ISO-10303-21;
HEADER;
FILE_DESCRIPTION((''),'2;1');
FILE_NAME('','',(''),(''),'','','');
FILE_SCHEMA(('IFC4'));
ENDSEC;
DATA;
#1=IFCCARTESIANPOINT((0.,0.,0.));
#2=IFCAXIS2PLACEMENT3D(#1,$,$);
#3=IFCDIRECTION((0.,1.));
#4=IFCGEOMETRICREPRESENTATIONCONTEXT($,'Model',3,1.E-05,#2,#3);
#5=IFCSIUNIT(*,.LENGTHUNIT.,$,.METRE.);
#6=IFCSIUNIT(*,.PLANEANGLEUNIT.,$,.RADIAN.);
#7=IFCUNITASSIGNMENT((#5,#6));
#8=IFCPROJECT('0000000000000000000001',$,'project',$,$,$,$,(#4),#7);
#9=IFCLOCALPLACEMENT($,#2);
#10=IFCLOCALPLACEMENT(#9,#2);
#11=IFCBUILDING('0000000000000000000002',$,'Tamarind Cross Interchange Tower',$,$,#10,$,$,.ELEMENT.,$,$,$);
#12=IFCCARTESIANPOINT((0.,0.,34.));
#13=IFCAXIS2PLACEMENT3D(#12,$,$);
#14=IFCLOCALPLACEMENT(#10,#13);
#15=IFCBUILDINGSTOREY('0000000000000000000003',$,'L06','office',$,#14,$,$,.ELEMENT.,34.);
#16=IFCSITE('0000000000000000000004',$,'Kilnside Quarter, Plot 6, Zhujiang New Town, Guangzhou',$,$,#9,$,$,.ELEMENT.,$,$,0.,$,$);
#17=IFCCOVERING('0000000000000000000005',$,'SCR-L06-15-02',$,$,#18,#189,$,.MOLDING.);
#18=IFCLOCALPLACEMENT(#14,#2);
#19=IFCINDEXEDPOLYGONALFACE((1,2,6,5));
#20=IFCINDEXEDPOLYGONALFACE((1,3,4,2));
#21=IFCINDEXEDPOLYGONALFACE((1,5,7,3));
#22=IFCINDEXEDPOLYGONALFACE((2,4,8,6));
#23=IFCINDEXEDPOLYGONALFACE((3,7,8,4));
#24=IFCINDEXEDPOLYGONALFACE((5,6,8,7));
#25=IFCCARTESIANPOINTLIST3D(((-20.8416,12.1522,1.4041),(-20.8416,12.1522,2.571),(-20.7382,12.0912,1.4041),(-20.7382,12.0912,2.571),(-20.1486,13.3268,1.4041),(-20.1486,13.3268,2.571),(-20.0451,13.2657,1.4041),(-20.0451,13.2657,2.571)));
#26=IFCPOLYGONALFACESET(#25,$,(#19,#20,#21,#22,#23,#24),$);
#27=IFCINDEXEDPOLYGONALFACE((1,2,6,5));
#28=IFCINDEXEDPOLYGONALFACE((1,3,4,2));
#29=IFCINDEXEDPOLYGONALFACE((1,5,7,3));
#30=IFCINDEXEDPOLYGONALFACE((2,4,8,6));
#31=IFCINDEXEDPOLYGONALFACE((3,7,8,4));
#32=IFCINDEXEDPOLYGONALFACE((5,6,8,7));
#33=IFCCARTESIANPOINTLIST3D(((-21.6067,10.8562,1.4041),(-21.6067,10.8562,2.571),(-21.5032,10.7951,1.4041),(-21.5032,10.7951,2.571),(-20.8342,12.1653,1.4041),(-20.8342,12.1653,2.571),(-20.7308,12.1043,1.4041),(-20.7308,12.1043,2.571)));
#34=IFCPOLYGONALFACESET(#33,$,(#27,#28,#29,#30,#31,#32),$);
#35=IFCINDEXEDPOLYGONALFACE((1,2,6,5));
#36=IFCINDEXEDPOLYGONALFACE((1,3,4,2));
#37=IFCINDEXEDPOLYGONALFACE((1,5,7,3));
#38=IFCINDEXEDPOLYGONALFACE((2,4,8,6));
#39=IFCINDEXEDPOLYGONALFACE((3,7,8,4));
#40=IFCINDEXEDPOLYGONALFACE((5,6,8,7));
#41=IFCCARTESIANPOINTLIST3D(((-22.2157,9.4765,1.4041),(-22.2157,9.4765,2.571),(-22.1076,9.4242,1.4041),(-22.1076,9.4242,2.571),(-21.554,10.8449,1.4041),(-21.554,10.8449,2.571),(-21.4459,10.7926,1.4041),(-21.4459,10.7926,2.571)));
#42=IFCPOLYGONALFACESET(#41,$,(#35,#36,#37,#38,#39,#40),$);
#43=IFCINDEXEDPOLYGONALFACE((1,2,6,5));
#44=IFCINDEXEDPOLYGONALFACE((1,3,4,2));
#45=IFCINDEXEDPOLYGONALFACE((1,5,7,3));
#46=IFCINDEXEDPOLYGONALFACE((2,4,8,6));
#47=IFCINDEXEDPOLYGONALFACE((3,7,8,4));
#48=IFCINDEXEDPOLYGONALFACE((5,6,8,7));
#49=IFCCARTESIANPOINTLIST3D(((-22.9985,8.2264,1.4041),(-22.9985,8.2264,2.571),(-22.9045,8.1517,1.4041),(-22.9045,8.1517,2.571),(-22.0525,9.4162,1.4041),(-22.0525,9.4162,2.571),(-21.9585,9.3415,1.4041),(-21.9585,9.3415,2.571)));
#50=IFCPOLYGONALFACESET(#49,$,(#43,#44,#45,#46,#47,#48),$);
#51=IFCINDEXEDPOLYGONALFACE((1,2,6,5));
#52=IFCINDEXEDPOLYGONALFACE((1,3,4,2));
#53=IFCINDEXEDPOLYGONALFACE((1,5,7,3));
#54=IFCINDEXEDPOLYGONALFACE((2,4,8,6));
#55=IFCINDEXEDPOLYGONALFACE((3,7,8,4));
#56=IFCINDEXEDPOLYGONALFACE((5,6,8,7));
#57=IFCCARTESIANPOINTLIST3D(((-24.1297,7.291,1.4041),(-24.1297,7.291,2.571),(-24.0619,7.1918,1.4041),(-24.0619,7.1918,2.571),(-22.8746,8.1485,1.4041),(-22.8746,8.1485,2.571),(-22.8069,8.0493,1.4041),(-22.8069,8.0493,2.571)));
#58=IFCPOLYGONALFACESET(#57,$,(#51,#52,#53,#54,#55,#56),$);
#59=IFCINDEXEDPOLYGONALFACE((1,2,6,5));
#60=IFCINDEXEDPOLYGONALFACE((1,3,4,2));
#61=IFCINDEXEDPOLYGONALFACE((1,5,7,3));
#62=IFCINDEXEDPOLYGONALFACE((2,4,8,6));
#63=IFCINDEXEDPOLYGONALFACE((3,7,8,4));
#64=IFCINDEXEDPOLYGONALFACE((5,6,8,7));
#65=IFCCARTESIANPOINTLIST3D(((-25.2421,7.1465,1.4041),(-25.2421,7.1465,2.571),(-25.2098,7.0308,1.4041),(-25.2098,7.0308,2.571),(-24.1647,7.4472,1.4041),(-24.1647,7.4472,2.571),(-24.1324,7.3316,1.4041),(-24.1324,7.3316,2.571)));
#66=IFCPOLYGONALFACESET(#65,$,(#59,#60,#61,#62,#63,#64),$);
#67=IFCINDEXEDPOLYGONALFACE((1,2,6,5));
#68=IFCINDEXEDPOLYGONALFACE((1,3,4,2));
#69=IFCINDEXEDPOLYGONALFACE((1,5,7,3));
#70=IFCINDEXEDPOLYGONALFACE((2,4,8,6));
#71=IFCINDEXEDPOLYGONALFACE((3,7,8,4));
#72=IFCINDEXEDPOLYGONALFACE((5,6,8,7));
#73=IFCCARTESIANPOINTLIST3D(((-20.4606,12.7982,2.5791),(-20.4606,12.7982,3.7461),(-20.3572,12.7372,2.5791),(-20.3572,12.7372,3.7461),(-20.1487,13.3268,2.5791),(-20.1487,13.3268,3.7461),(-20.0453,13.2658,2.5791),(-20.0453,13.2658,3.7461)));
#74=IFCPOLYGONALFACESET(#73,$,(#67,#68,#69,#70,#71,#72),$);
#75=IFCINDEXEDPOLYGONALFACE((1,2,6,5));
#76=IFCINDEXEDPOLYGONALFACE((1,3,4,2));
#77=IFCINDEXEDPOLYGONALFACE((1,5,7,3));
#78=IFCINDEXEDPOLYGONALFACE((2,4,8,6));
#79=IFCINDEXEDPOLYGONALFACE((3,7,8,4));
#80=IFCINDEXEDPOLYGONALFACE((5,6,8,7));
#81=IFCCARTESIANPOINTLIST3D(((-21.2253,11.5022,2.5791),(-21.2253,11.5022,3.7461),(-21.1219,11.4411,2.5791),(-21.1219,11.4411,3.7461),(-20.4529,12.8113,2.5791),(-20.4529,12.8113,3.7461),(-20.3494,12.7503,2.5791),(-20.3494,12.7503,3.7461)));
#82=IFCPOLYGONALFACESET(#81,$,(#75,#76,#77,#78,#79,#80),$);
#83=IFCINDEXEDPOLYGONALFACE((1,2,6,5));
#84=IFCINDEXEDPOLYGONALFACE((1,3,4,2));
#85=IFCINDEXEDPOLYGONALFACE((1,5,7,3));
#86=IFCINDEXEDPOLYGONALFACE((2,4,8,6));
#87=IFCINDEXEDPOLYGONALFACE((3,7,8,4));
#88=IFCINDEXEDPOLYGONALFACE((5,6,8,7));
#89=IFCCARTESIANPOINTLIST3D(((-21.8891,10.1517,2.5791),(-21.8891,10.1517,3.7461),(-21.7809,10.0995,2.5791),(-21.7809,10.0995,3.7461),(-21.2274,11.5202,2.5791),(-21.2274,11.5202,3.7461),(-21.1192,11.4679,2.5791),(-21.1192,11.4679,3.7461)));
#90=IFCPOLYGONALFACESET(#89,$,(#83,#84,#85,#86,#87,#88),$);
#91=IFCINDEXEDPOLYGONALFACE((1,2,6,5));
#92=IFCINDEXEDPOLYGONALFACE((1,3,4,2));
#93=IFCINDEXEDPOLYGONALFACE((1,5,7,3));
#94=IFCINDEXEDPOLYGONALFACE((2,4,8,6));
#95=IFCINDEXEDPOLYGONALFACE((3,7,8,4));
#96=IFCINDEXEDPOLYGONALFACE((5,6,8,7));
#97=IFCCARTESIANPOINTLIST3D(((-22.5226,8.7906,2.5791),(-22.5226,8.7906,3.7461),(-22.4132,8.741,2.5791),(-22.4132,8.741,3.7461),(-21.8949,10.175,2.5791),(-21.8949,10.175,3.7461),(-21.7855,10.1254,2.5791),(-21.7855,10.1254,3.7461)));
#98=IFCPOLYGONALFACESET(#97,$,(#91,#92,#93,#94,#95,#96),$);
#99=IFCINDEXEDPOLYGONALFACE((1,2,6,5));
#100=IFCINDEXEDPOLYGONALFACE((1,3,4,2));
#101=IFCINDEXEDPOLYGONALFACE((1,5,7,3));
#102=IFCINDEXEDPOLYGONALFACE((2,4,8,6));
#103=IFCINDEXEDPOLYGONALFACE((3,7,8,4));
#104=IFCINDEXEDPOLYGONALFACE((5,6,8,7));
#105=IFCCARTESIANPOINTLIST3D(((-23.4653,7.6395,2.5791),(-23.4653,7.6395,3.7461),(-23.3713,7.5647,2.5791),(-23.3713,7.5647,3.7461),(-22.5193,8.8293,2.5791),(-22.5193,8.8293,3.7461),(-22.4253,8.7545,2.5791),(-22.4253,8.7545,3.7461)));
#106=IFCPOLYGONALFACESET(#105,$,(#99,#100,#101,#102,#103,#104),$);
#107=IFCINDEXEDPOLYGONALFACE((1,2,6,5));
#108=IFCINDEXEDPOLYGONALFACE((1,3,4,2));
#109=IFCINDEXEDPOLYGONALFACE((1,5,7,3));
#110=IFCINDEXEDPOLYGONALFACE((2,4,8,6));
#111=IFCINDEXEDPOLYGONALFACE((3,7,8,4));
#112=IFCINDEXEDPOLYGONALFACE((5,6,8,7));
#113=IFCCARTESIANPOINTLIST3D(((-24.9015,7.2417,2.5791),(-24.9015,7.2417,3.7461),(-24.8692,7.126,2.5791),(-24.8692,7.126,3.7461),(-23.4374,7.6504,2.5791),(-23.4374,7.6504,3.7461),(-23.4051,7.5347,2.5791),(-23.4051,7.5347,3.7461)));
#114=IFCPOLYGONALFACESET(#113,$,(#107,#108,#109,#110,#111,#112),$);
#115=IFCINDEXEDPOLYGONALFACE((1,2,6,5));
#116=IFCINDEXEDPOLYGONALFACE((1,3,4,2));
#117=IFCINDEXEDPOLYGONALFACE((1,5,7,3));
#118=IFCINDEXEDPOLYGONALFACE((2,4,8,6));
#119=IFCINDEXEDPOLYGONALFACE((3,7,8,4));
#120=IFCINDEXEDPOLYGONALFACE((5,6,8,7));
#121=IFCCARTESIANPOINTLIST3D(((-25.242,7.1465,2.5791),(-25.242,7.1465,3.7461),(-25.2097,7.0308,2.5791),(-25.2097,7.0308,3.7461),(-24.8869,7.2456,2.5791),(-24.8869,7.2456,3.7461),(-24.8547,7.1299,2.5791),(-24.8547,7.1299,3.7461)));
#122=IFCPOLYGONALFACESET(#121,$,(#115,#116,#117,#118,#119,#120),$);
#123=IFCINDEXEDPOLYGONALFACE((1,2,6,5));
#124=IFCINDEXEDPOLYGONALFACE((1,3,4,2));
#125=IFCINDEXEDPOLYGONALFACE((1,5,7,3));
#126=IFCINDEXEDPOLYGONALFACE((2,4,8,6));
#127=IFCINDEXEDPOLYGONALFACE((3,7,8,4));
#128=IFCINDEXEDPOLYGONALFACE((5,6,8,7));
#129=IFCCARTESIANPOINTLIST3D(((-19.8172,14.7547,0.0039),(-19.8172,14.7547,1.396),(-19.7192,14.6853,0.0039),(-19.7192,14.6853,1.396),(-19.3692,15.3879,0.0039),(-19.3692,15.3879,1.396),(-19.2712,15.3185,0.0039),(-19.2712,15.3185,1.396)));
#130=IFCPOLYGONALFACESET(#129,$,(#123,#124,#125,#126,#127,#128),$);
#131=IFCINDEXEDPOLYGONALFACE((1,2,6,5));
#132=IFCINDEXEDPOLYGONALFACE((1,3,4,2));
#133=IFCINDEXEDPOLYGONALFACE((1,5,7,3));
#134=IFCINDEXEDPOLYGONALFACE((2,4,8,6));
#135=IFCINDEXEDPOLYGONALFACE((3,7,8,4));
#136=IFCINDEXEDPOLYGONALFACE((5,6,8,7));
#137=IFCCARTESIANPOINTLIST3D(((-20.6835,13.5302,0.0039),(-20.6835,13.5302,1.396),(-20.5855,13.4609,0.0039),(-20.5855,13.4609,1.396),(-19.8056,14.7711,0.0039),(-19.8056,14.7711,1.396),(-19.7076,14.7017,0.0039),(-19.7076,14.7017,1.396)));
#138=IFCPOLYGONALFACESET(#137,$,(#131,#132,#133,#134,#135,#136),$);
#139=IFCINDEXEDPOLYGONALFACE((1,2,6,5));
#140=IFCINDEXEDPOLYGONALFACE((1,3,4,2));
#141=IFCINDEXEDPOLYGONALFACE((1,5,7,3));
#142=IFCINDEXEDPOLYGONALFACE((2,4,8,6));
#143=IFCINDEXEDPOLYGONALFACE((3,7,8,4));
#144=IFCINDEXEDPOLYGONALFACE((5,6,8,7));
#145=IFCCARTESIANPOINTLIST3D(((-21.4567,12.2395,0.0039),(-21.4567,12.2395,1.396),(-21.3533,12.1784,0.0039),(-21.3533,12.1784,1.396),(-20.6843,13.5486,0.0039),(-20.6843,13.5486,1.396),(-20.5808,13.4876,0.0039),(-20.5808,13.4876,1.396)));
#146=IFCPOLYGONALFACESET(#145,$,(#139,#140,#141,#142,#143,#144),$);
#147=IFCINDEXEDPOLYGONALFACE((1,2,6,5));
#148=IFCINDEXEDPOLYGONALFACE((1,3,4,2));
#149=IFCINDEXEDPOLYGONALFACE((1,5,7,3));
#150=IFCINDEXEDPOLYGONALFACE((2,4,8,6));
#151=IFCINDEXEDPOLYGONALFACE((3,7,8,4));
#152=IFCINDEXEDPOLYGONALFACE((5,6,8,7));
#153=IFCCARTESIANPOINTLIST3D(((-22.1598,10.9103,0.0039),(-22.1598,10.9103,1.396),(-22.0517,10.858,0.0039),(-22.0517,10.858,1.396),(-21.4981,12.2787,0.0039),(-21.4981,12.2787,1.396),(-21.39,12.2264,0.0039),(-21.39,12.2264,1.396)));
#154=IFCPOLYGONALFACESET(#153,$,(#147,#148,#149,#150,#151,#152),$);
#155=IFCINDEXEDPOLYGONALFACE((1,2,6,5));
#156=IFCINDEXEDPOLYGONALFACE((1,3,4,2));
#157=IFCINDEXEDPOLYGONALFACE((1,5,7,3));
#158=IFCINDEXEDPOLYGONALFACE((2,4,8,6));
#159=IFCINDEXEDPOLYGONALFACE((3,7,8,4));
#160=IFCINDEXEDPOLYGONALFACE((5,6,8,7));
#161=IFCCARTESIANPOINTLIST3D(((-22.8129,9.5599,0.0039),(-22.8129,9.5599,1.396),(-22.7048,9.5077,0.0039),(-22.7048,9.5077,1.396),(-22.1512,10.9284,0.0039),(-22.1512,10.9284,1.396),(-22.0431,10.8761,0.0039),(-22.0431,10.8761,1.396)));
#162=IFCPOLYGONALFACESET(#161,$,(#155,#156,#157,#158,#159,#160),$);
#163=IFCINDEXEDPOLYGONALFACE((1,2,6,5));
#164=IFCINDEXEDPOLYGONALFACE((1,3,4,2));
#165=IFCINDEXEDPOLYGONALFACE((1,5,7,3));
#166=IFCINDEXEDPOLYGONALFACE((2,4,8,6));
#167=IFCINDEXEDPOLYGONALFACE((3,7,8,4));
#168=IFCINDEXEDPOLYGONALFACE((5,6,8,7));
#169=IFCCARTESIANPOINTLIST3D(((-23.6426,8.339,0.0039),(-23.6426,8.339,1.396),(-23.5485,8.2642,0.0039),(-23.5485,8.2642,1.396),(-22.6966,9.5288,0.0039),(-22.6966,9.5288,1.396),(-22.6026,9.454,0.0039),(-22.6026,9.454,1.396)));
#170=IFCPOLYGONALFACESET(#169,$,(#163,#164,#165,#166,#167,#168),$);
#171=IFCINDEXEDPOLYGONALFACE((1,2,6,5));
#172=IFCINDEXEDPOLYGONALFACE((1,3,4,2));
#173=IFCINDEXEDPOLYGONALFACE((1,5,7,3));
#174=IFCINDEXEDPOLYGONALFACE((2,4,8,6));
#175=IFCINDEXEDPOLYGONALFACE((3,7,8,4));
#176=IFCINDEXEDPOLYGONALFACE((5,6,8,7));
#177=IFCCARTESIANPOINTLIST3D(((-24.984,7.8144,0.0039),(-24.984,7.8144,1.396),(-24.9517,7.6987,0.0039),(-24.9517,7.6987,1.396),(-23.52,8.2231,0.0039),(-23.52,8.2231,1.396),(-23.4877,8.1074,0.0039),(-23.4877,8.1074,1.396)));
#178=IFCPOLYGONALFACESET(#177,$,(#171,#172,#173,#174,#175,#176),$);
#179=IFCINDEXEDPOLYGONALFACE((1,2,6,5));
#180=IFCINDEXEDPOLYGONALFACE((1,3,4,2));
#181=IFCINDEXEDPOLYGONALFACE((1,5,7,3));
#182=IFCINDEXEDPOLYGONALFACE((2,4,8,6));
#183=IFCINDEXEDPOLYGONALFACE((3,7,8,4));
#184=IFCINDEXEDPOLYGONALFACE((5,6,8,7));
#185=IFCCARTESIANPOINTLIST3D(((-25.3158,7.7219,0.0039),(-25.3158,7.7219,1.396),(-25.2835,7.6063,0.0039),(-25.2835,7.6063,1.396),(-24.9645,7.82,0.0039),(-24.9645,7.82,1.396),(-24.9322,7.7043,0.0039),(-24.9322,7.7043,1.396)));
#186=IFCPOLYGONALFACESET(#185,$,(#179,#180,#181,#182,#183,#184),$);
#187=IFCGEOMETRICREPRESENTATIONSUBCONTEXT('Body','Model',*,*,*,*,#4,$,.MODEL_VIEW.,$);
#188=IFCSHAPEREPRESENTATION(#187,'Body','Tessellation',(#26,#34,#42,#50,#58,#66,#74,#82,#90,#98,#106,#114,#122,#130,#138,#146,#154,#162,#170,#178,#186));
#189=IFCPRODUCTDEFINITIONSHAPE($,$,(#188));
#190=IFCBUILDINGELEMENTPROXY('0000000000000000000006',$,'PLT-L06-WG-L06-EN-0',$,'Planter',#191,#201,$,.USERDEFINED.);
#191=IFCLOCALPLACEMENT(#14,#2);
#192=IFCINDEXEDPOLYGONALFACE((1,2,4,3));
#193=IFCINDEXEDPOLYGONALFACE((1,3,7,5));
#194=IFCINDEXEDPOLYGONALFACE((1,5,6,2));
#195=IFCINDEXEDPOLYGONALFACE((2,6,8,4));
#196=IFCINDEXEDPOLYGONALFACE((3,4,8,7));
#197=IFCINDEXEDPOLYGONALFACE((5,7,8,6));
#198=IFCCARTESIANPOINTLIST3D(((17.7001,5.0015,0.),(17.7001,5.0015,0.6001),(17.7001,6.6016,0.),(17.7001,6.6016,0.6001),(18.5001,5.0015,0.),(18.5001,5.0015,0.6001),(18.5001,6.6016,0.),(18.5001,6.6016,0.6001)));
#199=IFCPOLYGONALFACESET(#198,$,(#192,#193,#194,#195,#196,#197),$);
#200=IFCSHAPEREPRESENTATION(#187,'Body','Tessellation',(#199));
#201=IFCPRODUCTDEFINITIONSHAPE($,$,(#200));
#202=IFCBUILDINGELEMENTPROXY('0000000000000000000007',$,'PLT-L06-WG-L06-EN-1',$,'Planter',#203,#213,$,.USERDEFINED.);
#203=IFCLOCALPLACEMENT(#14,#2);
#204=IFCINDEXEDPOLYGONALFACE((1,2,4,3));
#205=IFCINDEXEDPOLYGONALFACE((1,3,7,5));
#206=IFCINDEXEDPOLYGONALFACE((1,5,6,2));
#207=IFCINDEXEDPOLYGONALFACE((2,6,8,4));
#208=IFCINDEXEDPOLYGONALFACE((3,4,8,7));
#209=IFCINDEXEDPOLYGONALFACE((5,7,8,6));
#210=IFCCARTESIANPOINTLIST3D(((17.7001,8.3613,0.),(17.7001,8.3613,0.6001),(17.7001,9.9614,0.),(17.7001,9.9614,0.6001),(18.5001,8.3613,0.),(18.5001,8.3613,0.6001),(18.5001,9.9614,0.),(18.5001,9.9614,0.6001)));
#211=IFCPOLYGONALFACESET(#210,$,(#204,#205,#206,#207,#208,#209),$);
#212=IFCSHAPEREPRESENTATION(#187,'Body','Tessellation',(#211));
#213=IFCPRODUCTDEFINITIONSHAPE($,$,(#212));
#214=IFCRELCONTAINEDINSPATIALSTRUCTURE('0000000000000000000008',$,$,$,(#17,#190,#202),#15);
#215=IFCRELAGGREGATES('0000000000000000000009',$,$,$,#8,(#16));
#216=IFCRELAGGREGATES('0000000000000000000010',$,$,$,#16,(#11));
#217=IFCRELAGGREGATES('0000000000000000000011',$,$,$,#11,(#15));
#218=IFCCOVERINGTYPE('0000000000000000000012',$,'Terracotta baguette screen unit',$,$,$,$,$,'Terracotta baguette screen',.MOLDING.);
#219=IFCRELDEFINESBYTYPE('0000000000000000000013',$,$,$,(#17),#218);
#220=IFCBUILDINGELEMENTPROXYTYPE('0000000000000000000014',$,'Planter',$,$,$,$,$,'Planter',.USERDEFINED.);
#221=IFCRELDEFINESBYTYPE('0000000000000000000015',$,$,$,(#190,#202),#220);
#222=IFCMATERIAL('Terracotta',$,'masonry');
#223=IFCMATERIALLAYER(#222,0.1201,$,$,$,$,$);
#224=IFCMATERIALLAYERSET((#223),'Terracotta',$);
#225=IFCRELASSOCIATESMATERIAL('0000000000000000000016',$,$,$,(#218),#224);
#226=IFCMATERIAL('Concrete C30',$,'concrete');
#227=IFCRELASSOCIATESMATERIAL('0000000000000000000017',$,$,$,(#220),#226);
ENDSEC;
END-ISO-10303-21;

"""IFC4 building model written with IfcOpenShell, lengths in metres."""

from ifc_helpers import new_model, si_unit, direction, frame, origin, origin_2d, place, context, subcontext, project, spatial, rectangle, extrude, material, layer, layer_set, type_object, element, save


model = new_model("IFC4")

# Units and contexts
model_context = context("Model", 3, precision=1e-05, world=origin(), true_north=direction((0.0, 1.0)))
body_context = subcontext(model_context, "Body", "Model", "MODEL_VIEW")
ifc_project = project(units=[si_unit("LENGTHUNIT", "METRE"), si_unit("PLANEANGLEUNIT", "RADIAN")], contexts=[model_context])

# Site, building, storey
site_placement = place(None, origin())
site = spatial("IfcSite", under=ifc_project, at=site_placement, Name="Kilnside Quarter, Plot 6, Zhujiang New Town, Guangzhou", CompositionType="ELEMENT", RefElevation=0.0)
building_placement = place(site_placement, origin())
building = spatial("IfcBuilding", under=site, at=building_placement, Name="Tamarind Cross Interchange Tower", CompositionType="ELEMENT")
storey_placement = place(building_placement, frame((0.0, 0.0, 34.0)))
storey = spatial("IfcBuildingStorey", under=building, at=storey_placement, Name="L06", Description="office", CompositionType="ELEMENT", Elevation=34.0)

# Covering
ifc_material_1 = material(Name="Terracotta", Category="masonry")
ifc_layer_1 = layer(ifc_material_1, 0.1201)
ifc_layer_set_1 = layer_set([ifc_layer_1], Name="Terracotta")
covering_type = type_object("IfcCoveringType", Name="Terracotta baguette screen unit", ElementType="Terracotta baguette screen", PredefinedType="MOLDING", material=ifc_layer_set_1)
covering_1_placement = place(storey_placement, origin())
element("IfcCovering", 1, at=covering_1_placement, inside=storey, type_object=covering_type, Name="SCR-L06-15-02", PredefinedType="MOLDING", context=body_context, shape_type="SweptSolid", body=[
    extrude(rectangle(XDim=1.3638, YDim=0.1201, at=origin_2d()), frame((-20.4434, 12.709, 1.4041), z_axis=(0.0, 0.0, 1.0), x_axis=(-0.508183, -0.861249, 0.0)), (0.0, 0.0, 1.0), 1.167),
    extrude(rectangle(XDim=1.52, YDim=0.1201, at=origin_2d()), frame((-21.1687, 11.4802, 1.4041), z_axis=(0.0, 0.0, 1.0), x_axis=(-0.508183, -0.861249, 0.0)), (0.0, 0.0, 1.0), 1.167),
    extrude(rectangle(XDim=1.52, YDim=0.1201, at=origin_2d()), frame((-21.8308, 10.1345, 1.4041), z_axis=(0.0, 0.0, 1.0), x_axis=(-0.435326, -0.900273, 0.0)), (0.0, 0.0, 1.0), 1.167),
    extrude(rectangle(XDim=1.52, YDim=0.1201, at=origin_2d()), frame((-22.4785, 8.7839, 1.4041), z_axis=(0.0, 0.0, 1.0), x_axis=(-0.622335, -0.782751, 0.0)), (0.0, 0.0, 1.0), 1.167),
    extrude(rectangle(XDim=1.52, YDim=0.1201, at=origin_2d()), frame((-23.4683, 7.6702, 1.4041), z_axis=(0.0, 0.0, 1.0), x_axis=(-0.825684, -0.564133, 0.0)), (0.0, 0.0, 1.0), 1.167),
    extrude(rectangle(XDim=1.1187, YDim=0.1201, at=origin_2d()), frame((-24.6873, 7.239, 1.4041), z_axis=(0.0, 0.0, 1.0), x_axis=(-0.963177, -0.268868, 0.0)), (0.0, 0.0, 1.0), 1.167),
    extrude(rectangle(XDim=0.6138, YDim=0.1201, at=origin_2d()), frame((-20.2529, 13.032, 2.5791), z_axis=(0.0, 0.0, 1.0), x_axis=(-0.508183, -0.861249, 0.0)), (0.0, 0.0, 1.0), 1.167),
    extrude(rectangle(XDim=1.52, YDim=0.1201, at=origin_2d()), frame((-20.7874, 12.1262, 2.5791), z_axis=(0.0, 0.0, 1.0), x_axis=(-0.508183, -0.861249, 0.0)), (0.0, 0.0, 1.0), 1.167),
    extrude(rectangle(XDim=1.52, YDim=0.1201, at=origin_2d()), frame((-21.5042, 10.8098, 2.5791), z_axis=(0.0, 0.0, 1.0), x_axis=(-0.435326, -0.900273, 0.0)), (0.0, 0.0, 1.0), 1.167),
    extrude(rectangle(XDim=1.52, YDim=0.1201, at=origin_2d()), frame((-22.1541, 9.458, 2.5791), z_axis=(0.0, 0.0, 1.0), x_axis=(-0.412961, -0.910749, 0.0)), (0.0, 0.0, 1.0), 1.167),
    extrude(rectangle(XDim=1.52, YDim=0.1201, at=origin_2d()), frame((-22.9453, 8.197, 2.5791), z_axis=(0.0, 0.0, 1.0), x_axis=(-0.622335, -0.782751, 0.0)), (0.0, 0.0, 1.0), 1.167),
    extrude(rectangle(XDim=1.52, YDim=0.1201, at=origin_2d()), frame((-24.1533, 7.3882, 2.5791), z_axis=(0.0, 0.0, 1.0), x_axis=(-0.963177, -0.268868, 0.0)), (0.0, 0.0, 1.0), 1.167),
    extrude(rectangle(XDim=0.3687, YDim=0.1201, at=origin_2d()), frame((-25.0483, 7.1382, 2.5791), z_axis=(0.0, 0.0, 1.0), x_axis=(-0.963177, -0.268868, 0.0)), (0.0, 0.0, 1.0), 1.167),
    extrude(rectangle(XDim=0.7756, YDim=0.1201, at=origin_2d()), frame((-19.5442, 15.0366, 0.0039), z_axis=(0.0, 0.0, 1.0), x_axis=(-0.577569, -0.816342, 0.0)), (0.0, 0.0, 1.0), 1.3921),
    extrude(rectangle(XDim=1.52, YDim=0.1201, at=origin_2d()), frame((-20.1956, 14.116, 0.0039), z_axis=(0.0, 0.0, 1.0), x_axis=(-0.577569, -0.816342, 0.0)), (0.0, 0.0, 1.0), 1.3921),
    extrude(rectangle(XDim=1.52, YDim=0.1201, at=origin_2d()), frame((-21.0188, 12.8635, 0.0039), z_axis=(0.0, 0.0, 1.0), x_axis=(-0.508183, -0.861249, 0.0)), (0.0, 0.0, 1.0), 1.3921),
    extrude(rectangle(XDim=1.52, YDim=0.1201, at=origin_2d()), frame((-21.7749, 11.5684, 0.0039), z_axis=(0.0, 0.0, 1.0), x_axis=(-0.435326, -0.900273, 0.0)), (0.0, 0.0, 1.0), 1.3921),
    extrude(rectangle(XDim=1.52, YDim=0.1201, at=origin_2d()), frame((-22.428, 10.218, 0.0039), z_axis=(0.0, 0.0, 1.0), x_axis=(-0.435326, -0.900273, 0.0)), (0.0, 0.0, 1.0), 1.3921),
    extrude(rectangle(XDim=1.52, YDim=0.1201, at=origin_2d()), frame((-23.1226, 8.8965, 0.0039), z_axis=(0.0, 0.0, 1.0), x_axis=(-0.622335, -0.782751, 0.0)), (0.0, 0.0, 1.0), 1.3921),
    extrude(rectangle(XDim=1.52, YDim=0.1201, at=origin_2d()), frame((-24.2358, 7.9609, 0.0039), z_axis=(0.0, 0.0, 1.0), x_axis=(-0.963177, -0.268868, 0.0)), (0.0, 0.0, 1.0), 1.3921),
    extrude(rectangle(XDim=0.3647, YDim=0.1201, at=origin_2d()), frame((-25.124, 7.7131, 0.0039), z_axis=(0.0, 0.0, 1.0), x_axis=(-0.963177, -0.268868, 0.0)), (0.0, 0.0, 1.0), 1.3921),
])

# Building element proxies
ifc_material_2 = material(Name="Concrete C30", Category="concrete")
building_element_proxy_type = type_object("IfcBuildingElementProxyType", Name="Planter", ElementType="Planter", PredefinedType="USERDEFINED", material=ifc_material_2)
proxy_1_placement = place(storey_placement, origin())
element("IfcBuildingElementProxy", 2, at=proxy_1_placement, inside=storey, type_object=building_element_proxy_type, Name="PLT-L06-WG-L06-EN-0", ObjectType="Planter", PredefinedType="USERDEFINED", context=body_context, shape_type="SweptSolid", body=[
    extrude(rectangle(XDim=1.6001, YDim=0.8, at=origin_2d()), frame((18.1001, 5.8015, 0.0), z_axis=(0.0, 0.0, 1.0), x_axis=(0.0, 1.0, 0.0)), (0.0, 0.0, 1.0), 0.6001),
])
proxy_2_placement = place(storey_placement, origin())
element("IfcBuildingElementProxy", 3, at=proxy_2_placement, inside=storey, type_object=building_element_proxy_type, Name="PLT-L06-WG-L06-EN-1", ObjectType="Planter", PredefinedType="USERDEFINED", context=body_context, shape_type="SweptSolid", body=[
    extrude(rectangle(XDim=1.6001, YDim=0.8, at=origin_2d()), frame((18.1001, 9.1614, 0.0), z_axis=(0.0, 0.0, 1.0), x_axis=(0.0, 1.0, 0.0)), (0.0, 0.0, 1.0), 0.6001),
])

save(model, "model.ifc")
